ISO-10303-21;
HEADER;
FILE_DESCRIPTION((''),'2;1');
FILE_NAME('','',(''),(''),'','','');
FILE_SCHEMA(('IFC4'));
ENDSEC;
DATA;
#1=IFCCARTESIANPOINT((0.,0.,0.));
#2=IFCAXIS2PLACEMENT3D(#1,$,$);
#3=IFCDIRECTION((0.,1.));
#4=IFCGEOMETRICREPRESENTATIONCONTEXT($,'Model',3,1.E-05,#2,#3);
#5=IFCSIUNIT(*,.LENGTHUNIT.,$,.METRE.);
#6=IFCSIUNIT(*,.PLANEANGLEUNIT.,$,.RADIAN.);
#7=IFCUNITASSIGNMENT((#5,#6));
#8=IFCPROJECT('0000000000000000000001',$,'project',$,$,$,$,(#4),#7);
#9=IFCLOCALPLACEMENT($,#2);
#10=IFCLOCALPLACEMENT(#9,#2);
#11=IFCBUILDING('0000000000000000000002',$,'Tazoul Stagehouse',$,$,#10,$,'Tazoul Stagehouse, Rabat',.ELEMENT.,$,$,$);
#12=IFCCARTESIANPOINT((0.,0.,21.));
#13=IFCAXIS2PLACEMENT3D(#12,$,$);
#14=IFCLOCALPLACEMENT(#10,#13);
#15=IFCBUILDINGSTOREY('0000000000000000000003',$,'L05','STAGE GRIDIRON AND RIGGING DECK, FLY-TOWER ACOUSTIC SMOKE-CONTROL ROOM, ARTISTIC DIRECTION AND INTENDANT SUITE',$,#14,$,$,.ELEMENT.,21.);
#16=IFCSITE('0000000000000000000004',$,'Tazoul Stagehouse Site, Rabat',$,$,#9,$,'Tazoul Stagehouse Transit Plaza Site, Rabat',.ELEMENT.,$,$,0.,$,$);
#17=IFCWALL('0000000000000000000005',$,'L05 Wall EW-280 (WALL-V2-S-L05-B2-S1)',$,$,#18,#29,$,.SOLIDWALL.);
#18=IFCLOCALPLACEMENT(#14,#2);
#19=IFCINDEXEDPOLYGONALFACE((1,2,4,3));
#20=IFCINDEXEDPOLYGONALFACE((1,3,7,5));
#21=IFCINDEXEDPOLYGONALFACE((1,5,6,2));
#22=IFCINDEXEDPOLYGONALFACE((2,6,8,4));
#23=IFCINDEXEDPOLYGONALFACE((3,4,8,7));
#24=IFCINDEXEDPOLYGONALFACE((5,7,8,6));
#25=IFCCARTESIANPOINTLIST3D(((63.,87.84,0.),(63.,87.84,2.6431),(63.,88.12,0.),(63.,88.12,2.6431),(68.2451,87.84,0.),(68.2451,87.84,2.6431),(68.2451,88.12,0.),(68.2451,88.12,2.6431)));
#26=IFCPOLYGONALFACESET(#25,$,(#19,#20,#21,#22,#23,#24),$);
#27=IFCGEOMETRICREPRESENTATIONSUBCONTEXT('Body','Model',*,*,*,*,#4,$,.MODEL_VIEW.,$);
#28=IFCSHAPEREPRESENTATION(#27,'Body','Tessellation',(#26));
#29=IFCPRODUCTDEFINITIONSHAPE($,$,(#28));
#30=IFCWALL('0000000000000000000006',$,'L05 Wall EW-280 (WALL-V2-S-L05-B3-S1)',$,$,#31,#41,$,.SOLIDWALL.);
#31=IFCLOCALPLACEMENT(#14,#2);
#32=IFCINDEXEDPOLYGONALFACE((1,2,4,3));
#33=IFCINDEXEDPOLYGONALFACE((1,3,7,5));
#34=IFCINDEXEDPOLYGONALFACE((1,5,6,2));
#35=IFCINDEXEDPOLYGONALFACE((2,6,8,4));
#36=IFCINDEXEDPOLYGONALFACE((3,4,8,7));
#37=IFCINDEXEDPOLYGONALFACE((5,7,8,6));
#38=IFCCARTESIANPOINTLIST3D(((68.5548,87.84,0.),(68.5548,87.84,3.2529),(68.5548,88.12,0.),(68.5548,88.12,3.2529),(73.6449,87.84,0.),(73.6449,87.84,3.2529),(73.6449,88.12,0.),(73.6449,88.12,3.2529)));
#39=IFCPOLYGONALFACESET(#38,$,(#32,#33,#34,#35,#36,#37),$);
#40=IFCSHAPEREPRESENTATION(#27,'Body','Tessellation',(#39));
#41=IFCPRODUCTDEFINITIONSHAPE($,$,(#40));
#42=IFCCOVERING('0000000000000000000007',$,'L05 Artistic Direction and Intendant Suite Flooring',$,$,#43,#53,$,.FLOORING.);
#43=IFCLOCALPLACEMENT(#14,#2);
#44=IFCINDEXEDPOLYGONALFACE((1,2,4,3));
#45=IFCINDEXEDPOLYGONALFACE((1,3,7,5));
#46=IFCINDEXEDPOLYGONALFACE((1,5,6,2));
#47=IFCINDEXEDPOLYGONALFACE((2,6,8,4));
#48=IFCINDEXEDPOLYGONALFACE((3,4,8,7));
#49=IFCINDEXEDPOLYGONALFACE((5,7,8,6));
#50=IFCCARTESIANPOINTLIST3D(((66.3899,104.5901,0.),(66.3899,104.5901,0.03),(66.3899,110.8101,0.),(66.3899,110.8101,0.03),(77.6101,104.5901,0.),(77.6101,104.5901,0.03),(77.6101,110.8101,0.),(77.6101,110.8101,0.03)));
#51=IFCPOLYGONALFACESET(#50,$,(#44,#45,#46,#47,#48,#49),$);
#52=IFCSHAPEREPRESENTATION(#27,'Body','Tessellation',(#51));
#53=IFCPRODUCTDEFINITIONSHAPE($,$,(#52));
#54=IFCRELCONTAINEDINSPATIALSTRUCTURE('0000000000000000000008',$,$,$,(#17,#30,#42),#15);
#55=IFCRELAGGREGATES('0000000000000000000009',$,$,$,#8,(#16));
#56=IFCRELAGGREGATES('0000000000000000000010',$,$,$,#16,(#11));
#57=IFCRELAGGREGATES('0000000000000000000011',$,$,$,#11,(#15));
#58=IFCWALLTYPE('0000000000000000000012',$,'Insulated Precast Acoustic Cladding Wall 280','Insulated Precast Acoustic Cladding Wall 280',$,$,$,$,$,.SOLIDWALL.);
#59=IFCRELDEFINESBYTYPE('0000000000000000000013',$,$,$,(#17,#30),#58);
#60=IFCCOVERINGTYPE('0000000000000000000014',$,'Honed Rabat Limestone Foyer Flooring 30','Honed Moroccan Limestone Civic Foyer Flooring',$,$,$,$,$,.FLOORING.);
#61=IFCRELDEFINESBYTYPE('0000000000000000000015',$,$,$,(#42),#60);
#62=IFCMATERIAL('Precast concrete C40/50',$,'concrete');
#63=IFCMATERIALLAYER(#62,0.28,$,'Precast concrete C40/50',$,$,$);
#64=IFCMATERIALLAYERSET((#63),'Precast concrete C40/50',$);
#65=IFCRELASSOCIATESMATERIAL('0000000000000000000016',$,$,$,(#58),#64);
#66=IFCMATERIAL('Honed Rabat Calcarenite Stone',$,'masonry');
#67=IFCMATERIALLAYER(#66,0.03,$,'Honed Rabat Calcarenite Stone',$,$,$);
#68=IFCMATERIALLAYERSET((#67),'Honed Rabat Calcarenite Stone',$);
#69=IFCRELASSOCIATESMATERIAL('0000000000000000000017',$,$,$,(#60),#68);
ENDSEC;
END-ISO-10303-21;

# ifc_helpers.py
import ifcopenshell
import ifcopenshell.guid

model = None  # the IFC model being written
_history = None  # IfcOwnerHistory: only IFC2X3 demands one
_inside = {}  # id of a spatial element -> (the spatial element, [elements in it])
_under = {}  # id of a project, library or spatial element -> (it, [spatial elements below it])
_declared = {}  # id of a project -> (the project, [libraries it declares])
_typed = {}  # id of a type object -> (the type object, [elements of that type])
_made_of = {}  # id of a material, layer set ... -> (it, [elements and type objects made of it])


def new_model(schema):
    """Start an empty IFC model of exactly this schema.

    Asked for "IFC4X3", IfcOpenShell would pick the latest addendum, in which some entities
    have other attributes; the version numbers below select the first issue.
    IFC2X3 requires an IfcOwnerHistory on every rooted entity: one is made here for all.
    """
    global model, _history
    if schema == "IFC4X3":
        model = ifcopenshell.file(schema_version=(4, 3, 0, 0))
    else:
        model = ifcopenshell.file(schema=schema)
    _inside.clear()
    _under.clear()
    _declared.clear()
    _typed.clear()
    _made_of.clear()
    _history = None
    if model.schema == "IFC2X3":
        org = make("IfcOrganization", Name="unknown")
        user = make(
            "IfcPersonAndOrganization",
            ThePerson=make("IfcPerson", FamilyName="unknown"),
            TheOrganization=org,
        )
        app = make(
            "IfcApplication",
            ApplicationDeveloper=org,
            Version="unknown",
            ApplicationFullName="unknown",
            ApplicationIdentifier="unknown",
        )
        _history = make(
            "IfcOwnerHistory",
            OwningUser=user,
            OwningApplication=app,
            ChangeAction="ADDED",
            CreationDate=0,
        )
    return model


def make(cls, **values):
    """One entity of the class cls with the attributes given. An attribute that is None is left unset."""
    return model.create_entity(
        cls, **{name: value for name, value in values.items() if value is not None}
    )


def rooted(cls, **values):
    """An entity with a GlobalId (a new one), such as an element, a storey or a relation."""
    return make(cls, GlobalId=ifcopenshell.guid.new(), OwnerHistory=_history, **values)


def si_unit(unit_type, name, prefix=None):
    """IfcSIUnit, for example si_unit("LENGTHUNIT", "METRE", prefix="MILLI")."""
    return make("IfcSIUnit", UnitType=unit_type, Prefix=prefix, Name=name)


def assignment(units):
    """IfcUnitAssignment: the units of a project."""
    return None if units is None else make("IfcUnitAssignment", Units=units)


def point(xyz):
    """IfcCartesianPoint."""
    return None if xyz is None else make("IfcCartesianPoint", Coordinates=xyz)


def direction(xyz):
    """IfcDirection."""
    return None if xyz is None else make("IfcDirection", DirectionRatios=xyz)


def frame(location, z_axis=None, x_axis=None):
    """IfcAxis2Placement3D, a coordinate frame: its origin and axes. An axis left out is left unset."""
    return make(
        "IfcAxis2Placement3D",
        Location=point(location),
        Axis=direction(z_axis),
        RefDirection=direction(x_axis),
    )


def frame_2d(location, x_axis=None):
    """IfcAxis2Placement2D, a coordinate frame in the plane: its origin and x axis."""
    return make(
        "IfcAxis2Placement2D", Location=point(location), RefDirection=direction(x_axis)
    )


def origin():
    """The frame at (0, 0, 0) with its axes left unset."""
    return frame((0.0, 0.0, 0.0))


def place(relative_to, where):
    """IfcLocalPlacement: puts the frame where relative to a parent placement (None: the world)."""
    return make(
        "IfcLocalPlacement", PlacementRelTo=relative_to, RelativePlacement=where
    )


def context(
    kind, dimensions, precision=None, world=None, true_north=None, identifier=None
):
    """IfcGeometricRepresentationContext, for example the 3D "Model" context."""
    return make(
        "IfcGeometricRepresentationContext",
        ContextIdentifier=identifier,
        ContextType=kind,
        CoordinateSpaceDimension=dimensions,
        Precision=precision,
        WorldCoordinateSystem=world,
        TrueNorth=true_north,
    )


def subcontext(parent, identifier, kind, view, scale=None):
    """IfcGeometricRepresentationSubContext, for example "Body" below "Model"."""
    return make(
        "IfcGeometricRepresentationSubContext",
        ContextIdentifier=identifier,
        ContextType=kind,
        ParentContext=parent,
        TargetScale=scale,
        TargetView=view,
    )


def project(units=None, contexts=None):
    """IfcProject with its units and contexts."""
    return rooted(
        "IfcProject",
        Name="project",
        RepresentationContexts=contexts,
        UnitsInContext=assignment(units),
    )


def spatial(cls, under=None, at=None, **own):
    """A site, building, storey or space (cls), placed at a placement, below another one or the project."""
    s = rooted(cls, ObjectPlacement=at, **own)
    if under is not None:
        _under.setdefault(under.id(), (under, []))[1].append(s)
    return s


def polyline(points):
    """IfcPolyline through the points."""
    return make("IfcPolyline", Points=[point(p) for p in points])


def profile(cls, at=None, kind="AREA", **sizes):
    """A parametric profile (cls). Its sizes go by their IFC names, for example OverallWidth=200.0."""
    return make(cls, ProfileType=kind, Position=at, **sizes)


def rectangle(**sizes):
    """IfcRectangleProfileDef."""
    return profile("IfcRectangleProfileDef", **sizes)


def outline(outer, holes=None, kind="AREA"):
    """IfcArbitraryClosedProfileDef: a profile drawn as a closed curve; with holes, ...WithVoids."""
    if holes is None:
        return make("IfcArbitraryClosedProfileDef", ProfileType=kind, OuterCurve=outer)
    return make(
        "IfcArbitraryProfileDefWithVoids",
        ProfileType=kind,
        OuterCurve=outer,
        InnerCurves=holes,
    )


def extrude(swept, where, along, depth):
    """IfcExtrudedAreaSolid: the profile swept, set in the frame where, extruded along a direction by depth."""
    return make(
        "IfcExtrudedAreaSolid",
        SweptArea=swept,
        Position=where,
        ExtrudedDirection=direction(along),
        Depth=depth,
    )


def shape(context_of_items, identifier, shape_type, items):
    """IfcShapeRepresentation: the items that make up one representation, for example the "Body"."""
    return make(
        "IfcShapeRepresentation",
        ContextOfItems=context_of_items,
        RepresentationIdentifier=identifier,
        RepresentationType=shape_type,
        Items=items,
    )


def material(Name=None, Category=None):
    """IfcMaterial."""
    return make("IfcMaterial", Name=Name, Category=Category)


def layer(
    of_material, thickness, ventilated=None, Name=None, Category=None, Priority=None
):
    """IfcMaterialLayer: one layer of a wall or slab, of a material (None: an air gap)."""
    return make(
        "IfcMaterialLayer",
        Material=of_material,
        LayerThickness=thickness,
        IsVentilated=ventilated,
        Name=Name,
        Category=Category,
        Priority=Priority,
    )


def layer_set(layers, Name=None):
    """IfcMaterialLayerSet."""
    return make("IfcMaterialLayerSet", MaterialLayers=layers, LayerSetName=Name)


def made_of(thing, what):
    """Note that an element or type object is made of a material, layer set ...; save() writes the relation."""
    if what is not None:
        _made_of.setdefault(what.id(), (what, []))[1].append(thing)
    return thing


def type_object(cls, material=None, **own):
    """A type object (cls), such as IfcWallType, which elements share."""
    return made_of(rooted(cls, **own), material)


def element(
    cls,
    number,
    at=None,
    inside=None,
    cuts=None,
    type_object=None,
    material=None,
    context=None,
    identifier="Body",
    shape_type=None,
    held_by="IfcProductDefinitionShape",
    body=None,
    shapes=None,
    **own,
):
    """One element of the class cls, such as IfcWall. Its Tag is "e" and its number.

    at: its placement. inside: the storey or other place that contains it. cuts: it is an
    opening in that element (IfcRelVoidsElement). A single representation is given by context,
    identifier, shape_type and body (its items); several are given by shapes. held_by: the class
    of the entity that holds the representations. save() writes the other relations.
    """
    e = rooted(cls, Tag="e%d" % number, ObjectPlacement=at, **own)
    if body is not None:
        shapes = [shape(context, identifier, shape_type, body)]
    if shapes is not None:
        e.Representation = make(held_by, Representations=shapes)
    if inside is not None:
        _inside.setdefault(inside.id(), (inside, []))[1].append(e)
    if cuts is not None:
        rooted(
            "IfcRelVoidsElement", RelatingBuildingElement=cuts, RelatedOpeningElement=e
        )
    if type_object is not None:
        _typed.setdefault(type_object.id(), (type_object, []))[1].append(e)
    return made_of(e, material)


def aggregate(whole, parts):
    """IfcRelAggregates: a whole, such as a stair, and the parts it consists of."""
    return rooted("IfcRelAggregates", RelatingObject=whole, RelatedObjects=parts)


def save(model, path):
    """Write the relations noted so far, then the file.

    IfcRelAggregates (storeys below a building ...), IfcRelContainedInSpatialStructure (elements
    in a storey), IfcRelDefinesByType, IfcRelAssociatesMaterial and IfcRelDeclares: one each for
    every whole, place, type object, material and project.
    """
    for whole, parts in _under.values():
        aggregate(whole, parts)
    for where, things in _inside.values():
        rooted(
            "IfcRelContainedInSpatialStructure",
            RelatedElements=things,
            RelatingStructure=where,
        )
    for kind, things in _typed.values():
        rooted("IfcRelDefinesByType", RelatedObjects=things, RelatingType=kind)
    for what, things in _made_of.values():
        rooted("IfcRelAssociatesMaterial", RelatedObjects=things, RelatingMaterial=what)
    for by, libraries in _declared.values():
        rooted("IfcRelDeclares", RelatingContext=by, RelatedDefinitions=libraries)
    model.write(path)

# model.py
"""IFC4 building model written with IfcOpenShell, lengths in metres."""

from ifc_helpers import new_model, si_unit, direction, frame, frame_2d, origin, place, context, subcontext, project, spatial, polyline, rectangle, outline, extrude, material, layer, layer_set, type_object, element, save


model = new_model("IFC4")

# Units and contexts
model_context = context("Model", 3, precision=1e-05, world=origin(), true_north=direction((0.0, 1.0)))
body_context = subcontext(model_context, "Body", "Model", "MODEL_VIEW")
ifc_project = project(units=[si_unit("LENGTHUNIT", "METRE"), si_unit("PLANEANGLEUNIT", "RADIAN")], contexts=[model_context])

# Site, building, storey
site_placement = place(None, origin())
site = spatial("IfcSite", under=ifc_project, at=site_placement, Name="Tazoul Stagehouse Site, Rabat", LongName="Tazoul Stagehouse Transit Plaza Site, Rabat", CompositionType="ELEMENT", RefElevation=0.0)
building_placement = place(site_placement, origin())
building = spatial("IfcBuilding", under=site, at=building_placement, Name="Tazoul Stagehouse", LongName="Tazoul Stagehouse, Rabat", CompositionType="ELEMENT")
storey_placement = place(building_placement, frame((0.0, 0.0, 21.0)))
storey = spatial("IfcBuildingStorey", under=building, at=storey_placement, Name="L05", Description="STAGE GRIDIRON AND RIGGING DECK, FLY-TOWER ACOUSTIC SMOKE-CONTROL ROOM, ARTISTIC DIRECTION AND INTENDANT SUITE", CompositionType="ELEMENT", Elevation=21.0)

# Walls
ifc_material_1 = material(Name="Precast concrete C40/50", Category="concrete")
ifc_layer_1 = layer(ifc_material_1, 0.28, Name="Precast concrete C40/50")
ifc_layer_set_1 = layer_set([ifc_layer_1], Name="Precast concrete C40/50")
wall_type_1 = type_object("IfcWallType", Name="Insulated Precast Acoustic Cladding Wall 280", Description="Insulated Precast Acoustic Cladding Wall 280", PredefinedType="SOLIDWALL", material=ifc_layer_set_1)
for number, where, z_axis, x_axis, name in (
    (1, (63.0, 87.98, 0.0), (0.0, 0.0, 1.0), (1.0, 0.0, 0.0), "L05 Wall EW-280 (WALL-V2-S-L05-B2-S1)"),
):
    element("IfcWall", number, at=place(storey_placement, frame(where, z_axis=z_axis, x_axis=x_axis)), inside=storey, type_object=wall_type_1, Name=name, PredefinedType="SOLIDWALL", context=body_context, shape_type="SweptSolid", body=[
        extrude(rectangle(XDim=5.2451, YDim=0.28, at=frame_2d((2.6226, 0.0))), origin(), (0.0, 0.0, 1.0), 2.6431),
    ])
wall_1_placement = place(storey_placement, frame((68.5549, 87.98, 0.0), z_axis=(0.0, 0.0, 1.0), x_axis=(1.0, 0.0, 0.0)))
element("IfcWall", 2, at=wall_1_placement, inside=storey, type_object=wall_type_1, Name="L05 Wall EW-280 (WALL-V2-S-L05-B3-S1)", PredefinedType="SOLIDWALL", context=body_context, shape_type="SweptSolid", body=[
    extrude(rectangle(XDim=5.0901, YDim=0.28, at=frame_2d((2.5449, 0.0))), origin(), (0.0, 0.0, 1.0), 3.2529),
])

# Covering
ifc_material_2 = material(Name="Honed Rabat Calcarenite Stone", Category="masonry")
ifc_layer_2 = layer(ifc_material_2, 0.03, Name="Honed Rabat Calcarenite Stone")
ifc_layer_set_2 = layer_set([ifc_layer_2], Name="Honed Rabat Calcarenite Stone")
covering_type = type_object("IfcCoveringType", Name="Honed Rabat Limestone Foyer Flooring 30", Description="Honed Moroccan Limestone Civic Foyer Flooring", PredefinedType="FLOORING", material=ifc_layer_set_2)
covering_placement = place(storey_placement, origin())
element("IfcCovering", 3, at=covering_placement, inside=storey, type_object=covering_type, Name="L05 Artistic Direction and Intendant Suite Flooring", PredefinedType="FLOORING", context=body_context, shape_type="SweptSolid", body=[
    extrude(outline(polyline([(77.6101, 110.8101), (77.6101, 104.5901), (66.3899, 104.5901), (66.3899, 110.8101), (77.6101, 110.8101)])), origin(), (0.0, 0.0, 1.0), 0.03),
])

save(model, "model.ifc")
